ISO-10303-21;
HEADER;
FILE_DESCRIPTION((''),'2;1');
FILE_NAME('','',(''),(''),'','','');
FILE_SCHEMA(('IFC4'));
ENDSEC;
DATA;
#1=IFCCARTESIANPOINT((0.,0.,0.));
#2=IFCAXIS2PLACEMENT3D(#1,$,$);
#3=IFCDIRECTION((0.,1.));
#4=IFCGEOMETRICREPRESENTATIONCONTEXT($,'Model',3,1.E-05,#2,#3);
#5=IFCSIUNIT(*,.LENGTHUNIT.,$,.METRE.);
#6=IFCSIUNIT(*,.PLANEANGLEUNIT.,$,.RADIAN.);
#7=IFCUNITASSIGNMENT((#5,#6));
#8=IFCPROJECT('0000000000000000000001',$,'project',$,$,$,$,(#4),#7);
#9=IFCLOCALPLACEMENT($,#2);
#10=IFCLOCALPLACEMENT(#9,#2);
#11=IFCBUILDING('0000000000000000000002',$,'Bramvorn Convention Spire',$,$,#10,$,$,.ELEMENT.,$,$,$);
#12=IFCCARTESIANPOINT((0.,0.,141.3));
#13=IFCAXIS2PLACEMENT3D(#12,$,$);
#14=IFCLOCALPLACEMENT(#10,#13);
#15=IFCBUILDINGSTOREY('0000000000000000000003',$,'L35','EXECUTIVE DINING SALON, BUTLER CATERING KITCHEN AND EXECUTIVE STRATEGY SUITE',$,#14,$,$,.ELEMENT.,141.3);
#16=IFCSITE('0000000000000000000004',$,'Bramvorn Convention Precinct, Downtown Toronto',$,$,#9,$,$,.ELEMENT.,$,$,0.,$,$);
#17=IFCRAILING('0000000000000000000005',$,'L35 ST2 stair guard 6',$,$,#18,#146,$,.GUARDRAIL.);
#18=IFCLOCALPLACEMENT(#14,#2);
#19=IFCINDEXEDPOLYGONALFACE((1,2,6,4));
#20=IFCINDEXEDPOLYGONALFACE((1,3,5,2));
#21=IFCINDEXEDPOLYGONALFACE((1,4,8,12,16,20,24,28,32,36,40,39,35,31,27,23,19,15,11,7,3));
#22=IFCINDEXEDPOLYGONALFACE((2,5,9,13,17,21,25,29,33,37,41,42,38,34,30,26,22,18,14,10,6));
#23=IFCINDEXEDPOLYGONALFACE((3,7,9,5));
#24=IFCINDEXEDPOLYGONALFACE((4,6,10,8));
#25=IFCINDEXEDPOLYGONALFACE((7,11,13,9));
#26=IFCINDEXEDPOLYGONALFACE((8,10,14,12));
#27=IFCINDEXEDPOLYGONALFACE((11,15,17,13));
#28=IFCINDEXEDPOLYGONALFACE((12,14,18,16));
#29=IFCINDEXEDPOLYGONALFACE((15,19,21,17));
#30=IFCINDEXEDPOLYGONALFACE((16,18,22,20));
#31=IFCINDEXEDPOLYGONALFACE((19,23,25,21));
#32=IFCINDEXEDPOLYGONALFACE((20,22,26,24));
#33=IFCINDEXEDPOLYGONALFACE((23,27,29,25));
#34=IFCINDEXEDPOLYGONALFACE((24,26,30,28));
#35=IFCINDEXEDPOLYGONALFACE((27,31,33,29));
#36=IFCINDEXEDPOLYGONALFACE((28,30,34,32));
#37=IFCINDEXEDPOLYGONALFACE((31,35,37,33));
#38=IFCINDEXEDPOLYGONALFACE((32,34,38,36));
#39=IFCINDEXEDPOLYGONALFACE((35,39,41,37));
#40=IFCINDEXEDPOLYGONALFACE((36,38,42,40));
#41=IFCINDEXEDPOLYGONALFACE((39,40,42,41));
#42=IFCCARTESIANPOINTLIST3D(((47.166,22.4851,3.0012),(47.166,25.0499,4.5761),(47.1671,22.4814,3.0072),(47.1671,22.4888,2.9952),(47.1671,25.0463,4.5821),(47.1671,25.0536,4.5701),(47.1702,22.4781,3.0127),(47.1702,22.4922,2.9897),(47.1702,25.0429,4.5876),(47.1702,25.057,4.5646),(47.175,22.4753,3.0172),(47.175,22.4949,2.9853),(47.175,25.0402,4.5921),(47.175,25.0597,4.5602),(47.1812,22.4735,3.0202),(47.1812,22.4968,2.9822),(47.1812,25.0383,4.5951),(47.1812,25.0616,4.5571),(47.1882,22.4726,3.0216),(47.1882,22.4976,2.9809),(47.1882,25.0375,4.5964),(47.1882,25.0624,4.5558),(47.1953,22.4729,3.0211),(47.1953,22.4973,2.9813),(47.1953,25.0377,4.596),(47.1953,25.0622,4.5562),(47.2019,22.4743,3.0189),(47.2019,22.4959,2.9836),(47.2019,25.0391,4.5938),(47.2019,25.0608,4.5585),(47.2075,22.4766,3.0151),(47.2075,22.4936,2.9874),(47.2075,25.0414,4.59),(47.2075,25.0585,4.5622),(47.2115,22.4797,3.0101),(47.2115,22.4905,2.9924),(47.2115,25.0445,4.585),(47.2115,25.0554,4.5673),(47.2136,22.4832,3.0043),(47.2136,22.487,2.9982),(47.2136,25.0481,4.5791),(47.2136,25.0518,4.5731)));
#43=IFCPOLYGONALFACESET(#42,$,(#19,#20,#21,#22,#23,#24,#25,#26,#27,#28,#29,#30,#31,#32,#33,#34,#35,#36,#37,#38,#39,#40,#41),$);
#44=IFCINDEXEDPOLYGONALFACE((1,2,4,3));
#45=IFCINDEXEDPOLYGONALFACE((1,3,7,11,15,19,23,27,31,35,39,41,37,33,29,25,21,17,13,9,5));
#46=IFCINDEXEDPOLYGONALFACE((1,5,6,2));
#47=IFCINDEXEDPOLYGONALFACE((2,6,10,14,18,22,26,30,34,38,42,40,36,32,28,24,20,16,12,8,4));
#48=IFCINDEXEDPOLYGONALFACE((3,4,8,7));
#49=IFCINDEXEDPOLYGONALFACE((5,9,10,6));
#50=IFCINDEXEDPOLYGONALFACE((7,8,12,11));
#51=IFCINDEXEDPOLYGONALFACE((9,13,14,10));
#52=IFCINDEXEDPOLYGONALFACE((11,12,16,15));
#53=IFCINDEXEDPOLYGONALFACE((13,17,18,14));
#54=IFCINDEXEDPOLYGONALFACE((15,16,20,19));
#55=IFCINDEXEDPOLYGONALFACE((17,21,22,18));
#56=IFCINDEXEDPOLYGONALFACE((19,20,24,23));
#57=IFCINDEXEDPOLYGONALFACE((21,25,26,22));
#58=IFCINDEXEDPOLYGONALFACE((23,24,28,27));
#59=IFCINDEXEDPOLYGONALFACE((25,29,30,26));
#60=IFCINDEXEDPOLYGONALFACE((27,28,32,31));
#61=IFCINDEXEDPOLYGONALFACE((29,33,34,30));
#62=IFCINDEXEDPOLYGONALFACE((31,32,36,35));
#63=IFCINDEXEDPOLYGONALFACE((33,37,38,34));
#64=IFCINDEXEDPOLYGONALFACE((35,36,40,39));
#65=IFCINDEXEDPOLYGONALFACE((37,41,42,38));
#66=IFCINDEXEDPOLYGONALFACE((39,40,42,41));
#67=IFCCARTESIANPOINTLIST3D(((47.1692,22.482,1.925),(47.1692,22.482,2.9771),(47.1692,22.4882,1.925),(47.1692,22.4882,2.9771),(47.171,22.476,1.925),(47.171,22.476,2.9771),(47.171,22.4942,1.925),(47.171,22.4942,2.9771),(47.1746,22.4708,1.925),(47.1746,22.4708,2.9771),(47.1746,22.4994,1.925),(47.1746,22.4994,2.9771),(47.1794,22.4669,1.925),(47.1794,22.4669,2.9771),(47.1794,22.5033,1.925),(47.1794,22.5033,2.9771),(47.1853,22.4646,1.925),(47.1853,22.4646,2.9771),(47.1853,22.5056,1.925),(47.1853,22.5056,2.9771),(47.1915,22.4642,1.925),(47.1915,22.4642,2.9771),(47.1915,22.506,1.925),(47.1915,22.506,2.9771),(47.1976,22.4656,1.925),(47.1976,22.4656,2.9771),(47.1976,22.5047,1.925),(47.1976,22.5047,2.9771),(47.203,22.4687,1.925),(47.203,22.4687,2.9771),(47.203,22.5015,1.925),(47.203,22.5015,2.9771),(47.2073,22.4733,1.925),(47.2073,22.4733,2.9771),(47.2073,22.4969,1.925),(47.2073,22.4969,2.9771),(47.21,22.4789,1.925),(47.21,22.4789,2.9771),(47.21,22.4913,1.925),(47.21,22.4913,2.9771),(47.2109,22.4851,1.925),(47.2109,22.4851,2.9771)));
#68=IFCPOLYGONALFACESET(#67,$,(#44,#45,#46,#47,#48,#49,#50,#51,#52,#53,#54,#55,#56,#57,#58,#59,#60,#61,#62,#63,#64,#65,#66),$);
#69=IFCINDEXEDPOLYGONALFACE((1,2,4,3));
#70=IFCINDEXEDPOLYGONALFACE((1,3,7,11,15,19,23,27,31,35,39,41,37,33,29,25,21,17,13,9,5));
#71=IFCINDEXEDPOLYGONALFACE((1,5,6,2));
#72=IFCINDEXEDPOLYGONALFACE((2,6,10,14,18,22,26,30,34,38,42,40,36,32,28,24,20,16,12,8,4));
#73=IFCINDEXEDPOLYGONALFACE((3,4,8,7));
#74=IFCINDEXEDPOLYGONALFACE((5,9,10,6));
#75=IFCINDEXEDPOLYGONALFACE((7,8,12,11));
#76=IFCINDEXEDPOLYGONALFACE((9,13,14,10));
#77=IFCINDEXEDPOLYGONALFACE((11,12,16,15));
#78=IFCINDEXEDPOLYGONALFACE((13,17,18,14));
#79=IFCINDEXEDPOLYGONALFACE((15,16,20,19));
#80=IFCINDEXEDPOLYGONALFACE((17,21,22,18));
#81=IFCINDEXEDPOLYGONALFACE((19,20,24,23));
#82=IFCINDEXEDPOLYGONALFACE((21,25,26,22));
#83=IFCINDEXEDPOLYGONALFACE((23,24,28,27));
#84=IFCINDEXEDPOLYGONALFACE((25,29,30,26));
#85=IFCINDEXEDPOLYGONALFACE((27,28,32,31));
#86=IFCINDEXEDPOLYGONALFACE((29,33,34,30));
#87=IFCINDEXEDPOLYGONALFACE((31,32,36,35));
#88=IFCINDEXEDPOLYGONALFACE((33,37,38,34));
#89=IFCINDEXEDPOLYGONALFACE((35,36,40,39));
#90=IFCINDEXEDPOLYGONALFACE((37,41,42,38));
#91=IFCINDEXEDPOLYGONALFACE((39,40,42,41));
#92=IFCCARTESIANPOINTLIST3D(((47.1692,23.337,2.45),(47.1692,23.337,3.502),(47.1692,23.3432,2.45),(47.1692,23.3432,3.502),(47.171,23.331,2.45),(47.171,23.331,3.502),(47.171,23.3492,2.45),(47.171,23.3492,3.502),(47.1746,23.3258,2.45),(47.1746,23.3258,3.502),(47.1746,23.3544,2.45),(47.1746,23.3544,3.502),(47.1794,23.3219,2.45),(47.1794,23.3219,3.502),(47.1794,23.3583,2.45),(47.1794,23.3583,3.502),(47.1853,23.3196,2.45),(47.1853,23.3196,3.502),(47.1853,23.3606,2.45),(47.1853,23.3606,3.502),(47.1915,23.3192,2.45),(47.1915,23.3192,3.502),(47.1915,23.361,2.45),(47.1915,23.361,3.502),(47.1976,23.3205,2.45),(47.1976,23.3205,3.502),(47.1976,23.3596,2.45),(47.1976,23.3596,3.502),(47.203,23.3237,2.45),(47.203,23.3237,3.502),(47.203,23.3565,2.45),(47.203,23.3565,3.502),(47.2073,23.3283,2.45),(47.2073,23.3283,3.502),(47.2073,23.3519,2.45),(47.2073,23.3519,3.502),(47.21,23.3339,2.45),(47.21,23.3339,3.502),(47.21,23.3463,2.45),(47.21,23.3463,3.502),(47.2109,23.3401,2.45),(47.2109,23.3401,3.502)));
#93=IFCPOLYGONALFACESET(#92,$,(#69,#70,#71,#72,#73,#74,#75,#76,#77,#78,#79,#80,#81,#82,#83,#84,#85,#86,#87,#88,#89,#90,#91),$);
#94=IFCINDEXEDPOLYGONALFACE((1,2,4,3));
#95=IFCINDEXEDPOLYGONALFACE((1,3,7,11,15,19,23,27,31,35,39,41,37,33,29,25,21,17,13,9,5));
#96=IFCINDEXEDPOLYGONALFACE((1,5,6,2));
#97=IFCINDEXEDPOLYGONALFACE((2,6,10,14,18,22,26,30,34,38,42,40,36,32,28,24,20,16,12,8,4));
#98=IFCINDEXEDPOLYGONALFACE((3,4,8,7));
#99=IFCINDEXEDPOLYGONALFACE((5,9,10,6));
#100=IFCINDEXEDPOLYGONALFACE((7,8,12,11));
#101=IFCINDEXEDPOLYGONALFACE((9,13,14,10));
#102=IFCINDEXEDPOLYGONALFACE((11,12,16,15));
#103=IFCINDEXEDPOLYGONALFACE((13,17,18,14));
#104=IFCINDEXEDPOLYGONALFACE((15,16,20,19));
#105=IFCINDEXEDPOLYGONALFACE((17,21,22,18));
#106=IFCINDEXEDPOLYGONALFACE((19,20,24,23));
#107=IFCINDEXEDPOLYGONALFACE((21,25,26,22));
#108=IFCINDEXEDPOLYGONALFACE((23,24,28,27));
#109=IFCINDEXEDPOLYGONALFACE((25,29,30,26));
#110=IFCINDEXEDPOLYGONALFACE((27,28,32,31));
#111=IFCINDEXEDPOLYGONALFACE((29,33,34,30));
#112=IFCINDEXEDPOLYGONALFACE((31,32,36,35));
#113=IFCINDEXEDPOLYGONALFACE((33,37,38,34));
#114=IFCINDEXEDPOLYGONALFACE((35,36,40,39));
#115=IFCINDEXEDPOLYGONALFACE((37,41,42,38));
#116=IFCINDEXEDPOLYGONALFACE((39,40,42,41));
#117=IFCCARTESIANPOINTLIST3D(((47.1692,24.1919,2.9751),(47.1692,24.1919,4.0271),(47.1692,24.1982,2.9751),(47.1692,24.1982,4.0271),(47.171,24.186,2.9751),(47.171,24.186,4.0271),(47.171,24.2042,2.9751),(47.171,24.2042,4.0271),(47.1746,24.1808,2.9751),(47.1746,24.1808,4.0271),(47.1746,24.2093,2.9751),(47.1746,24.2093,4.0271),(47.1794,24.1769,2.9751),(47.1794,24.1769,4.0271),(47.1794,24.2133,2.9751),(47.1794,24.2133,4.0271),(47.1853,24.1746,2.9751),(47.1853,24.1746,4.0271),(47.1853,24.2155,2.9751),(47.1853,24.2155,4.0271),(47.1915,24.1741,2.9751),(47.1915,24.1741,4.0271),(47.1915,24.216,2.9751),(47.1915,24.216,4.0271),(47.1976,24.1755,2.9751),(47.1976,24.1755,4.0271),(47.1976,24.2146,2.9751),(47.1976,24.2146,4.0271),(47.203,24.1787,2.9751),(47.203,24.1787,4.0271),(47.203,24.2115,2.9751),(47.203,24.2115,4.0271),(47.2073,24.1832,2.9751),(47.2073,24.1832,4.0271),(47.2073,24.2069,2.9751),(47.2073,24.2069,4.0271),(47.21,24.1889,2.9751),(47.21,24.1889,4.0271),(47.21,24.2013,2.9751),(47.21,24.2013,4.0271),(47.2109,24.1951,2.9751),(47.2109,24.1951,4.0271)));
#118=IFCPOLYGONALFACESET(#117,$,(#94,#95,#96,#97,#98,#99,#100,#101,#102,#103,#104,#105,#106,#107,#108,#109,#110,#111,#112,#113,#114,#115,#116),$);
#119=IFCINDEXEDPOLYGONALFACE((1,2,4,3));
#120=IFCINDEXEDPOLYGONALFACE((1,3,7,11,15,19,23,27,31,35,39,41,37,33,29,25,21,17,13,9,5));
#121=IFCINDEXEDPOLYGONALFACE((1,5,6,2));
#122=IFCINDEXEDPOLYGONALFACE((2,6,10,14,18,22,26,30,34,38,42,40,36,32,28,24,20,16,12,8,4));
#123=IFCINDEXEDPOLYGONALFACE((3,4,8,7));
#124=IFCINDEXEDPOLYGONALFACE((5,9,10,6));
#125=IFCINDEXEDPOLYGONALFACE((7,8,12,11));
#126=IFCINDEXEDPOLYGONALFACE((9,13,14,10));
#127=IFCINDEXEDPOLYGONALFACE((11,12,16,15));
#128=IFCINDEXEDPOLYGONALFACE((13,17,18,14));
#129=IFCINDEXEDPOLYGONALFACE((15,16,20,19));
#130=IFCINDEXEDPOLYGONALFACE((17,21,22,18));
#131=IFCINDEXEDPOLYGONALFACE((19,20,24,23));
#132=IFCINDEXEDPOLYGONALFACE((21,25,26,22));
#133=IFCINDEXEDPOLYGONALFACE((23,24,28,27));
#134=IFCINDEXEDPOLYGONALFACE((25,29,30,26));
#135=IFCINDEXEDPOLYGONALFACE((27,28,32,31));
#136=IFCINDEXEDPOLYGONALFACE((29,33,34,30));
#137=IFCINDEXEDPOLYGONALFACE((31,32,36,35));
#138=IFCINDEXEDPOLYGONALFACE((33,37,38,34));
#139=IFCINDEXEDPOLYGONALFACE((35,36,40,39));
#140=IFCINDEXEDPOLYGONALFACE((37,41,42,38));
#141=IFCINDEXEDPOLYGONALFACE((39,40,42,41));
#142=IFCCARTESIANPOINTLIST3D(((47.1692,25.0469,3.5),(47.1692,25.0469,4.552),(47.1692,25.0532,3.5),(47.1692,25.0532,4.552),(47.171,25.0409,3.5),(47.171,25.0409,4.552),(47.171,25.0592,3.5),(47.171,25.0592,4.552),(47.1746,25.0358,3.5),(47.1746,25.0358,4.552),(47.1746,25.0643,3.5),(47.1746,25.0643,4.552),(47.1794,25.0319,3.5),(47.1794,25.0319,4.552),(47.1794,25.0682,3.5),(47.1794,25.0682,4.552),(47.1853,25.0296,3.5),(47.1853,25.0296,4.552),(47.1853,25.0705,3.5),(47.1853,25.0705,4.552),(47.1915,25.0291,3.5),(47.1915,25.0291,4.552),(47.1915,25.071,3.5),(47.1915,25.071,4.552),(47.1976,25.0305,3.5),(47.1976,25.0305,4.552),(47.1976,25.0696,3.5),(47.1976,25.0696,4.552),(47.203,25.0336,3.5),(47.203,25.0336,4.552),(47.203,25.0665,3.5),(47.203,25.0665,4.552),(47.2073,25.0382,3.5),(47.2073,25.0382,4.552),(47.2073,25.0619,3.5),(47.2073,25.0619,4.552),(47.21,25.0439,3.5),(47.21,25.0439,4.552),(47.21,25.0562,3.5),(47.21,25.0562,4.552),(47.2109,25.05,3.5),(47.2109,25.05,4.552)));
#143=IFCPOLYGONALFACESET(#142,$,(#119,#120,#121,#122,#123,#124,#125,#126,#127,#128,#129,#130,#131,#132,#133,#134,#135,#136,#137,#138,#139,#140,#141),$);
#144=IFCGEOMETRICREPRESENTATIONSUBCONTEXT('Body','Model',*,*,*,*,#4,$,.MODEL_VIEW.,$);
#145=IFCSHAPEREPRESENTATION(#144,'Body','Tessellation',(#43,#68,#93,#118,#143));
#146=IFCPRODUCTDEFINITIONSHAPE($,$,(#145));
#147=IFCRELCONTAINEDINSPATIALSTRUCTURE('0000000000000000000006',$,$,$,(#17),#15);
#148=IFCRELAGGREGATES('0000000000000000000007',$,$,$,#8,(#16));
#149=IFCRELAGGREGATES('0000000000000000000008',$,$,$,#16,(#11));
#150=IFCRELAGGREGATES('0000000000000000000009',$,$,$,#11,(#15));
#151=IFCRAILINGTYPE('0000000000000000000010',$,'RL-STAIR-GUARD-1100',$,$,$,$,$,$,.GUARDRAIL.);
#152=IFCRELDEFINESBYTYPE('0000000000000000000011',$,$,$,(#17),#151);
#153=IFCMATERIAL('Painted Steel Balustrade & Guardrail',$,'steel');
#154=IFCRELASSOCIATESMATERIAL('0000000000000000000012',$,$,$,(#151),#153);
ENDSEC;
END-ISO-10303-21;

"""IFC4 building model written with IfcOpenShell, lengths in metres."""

from ifc_helpers import new_model, si_unit, direction, frame, origin, origin_2d, place, context, subcontext, project, spatial, circle, extrude, material, type_object, element, save


model = new_model("IFC4")

# Units and contexts
model_context = context("Model", 3, precision=1e-05, world=origin(), true_north=direction((0.0, 1.0)))
body_context = subcontext(model_context, "Body", "Model", "MODEL_VIEW")
ifc_project = project(units=[si_unit("LENGTHUNIT", "METRE"), si_unit("PLANEANGLEUNIT", "RADIAN")], contexts=[model_context])

# Site, building, storey
site_placement = place(None, origin())
site = spatial("IfcSite", under=ifc_project, at=site_placement, Name="Bramvorn Convention Precinct, Downtown Toronto", CompositionType="ELEMENT", RefElevation=0.0)
building_placement = place(site_placement, origin())
building = spatial("IfcBuilding", under=site, at=building_placement, Name="Bramvorn Convention Spire", CompositionType="ELEMENT")
storey_placement = place(building_placement, frame((0.0, 0.0, 141.3)))
storey = spatial("IfcBuildingStorey", under=building, at=storey_placement, Name="L35", Description="EXECUTIVE DINING SALON, BUTLER CATERING KITCHEN AND EXECUTIVE STRATEGY SUITE", CompositionType="ELEMENT", Elevation=141.3)

# Railing
ifc_material_1 = material(Name="Painted Steel Balustrade & Guardrail", Category="steel")
railing_type_1 = type_object("IfcRailingType", Name="RL-STAIR-GUARD-1100", PredefinedType="GUARDRAIL", material=ifc_material_1)
railing_1_placement = place(storey_placement, frame((47.1899, 22.4851, 1.925)))
element("IfcRailing", 1, at=railing_1_placement, inside=storey, type_object=railing_type_1, Name="L35 ST2 stair guard 6", PredefinedType="GUARDRAIL", context=body_context, shape_type="SweptSolid", body=[
    extrude(circle(Radius=0.0239, at=origin_2d()), frame((0.0, 0.0, 1.0762), z_axis=(0.0, 0.852173, 0.52326), x_axis=(-1.0, 0.0, 0.0)), (0.0, 0.0, 1.0), 3.0098),
    extrude(circle(Radius=0.021, at=origin_2d()), origin(), (0.0, 0.0, 1.0), 1.052),
    extrude(circle(Radius=0.021, at=origin_2d()), frame((0.0, 0.855, 0.5249)), (0.0, 0.0, 1.0), 1.052),
    extrude(circle(Radius=0.021, at=origin_2d()), frame((0.0, 1.71, 1.05)), (0.0, 0.0, 1.0), 1.052),
    extrude(circle(Radius=0.021, at=origin_2d()), frame((0.0, 2.5649, 1.575)), (0.0, 0.0, 1.0), 1.052),
])

save(model, "model.ifc")
